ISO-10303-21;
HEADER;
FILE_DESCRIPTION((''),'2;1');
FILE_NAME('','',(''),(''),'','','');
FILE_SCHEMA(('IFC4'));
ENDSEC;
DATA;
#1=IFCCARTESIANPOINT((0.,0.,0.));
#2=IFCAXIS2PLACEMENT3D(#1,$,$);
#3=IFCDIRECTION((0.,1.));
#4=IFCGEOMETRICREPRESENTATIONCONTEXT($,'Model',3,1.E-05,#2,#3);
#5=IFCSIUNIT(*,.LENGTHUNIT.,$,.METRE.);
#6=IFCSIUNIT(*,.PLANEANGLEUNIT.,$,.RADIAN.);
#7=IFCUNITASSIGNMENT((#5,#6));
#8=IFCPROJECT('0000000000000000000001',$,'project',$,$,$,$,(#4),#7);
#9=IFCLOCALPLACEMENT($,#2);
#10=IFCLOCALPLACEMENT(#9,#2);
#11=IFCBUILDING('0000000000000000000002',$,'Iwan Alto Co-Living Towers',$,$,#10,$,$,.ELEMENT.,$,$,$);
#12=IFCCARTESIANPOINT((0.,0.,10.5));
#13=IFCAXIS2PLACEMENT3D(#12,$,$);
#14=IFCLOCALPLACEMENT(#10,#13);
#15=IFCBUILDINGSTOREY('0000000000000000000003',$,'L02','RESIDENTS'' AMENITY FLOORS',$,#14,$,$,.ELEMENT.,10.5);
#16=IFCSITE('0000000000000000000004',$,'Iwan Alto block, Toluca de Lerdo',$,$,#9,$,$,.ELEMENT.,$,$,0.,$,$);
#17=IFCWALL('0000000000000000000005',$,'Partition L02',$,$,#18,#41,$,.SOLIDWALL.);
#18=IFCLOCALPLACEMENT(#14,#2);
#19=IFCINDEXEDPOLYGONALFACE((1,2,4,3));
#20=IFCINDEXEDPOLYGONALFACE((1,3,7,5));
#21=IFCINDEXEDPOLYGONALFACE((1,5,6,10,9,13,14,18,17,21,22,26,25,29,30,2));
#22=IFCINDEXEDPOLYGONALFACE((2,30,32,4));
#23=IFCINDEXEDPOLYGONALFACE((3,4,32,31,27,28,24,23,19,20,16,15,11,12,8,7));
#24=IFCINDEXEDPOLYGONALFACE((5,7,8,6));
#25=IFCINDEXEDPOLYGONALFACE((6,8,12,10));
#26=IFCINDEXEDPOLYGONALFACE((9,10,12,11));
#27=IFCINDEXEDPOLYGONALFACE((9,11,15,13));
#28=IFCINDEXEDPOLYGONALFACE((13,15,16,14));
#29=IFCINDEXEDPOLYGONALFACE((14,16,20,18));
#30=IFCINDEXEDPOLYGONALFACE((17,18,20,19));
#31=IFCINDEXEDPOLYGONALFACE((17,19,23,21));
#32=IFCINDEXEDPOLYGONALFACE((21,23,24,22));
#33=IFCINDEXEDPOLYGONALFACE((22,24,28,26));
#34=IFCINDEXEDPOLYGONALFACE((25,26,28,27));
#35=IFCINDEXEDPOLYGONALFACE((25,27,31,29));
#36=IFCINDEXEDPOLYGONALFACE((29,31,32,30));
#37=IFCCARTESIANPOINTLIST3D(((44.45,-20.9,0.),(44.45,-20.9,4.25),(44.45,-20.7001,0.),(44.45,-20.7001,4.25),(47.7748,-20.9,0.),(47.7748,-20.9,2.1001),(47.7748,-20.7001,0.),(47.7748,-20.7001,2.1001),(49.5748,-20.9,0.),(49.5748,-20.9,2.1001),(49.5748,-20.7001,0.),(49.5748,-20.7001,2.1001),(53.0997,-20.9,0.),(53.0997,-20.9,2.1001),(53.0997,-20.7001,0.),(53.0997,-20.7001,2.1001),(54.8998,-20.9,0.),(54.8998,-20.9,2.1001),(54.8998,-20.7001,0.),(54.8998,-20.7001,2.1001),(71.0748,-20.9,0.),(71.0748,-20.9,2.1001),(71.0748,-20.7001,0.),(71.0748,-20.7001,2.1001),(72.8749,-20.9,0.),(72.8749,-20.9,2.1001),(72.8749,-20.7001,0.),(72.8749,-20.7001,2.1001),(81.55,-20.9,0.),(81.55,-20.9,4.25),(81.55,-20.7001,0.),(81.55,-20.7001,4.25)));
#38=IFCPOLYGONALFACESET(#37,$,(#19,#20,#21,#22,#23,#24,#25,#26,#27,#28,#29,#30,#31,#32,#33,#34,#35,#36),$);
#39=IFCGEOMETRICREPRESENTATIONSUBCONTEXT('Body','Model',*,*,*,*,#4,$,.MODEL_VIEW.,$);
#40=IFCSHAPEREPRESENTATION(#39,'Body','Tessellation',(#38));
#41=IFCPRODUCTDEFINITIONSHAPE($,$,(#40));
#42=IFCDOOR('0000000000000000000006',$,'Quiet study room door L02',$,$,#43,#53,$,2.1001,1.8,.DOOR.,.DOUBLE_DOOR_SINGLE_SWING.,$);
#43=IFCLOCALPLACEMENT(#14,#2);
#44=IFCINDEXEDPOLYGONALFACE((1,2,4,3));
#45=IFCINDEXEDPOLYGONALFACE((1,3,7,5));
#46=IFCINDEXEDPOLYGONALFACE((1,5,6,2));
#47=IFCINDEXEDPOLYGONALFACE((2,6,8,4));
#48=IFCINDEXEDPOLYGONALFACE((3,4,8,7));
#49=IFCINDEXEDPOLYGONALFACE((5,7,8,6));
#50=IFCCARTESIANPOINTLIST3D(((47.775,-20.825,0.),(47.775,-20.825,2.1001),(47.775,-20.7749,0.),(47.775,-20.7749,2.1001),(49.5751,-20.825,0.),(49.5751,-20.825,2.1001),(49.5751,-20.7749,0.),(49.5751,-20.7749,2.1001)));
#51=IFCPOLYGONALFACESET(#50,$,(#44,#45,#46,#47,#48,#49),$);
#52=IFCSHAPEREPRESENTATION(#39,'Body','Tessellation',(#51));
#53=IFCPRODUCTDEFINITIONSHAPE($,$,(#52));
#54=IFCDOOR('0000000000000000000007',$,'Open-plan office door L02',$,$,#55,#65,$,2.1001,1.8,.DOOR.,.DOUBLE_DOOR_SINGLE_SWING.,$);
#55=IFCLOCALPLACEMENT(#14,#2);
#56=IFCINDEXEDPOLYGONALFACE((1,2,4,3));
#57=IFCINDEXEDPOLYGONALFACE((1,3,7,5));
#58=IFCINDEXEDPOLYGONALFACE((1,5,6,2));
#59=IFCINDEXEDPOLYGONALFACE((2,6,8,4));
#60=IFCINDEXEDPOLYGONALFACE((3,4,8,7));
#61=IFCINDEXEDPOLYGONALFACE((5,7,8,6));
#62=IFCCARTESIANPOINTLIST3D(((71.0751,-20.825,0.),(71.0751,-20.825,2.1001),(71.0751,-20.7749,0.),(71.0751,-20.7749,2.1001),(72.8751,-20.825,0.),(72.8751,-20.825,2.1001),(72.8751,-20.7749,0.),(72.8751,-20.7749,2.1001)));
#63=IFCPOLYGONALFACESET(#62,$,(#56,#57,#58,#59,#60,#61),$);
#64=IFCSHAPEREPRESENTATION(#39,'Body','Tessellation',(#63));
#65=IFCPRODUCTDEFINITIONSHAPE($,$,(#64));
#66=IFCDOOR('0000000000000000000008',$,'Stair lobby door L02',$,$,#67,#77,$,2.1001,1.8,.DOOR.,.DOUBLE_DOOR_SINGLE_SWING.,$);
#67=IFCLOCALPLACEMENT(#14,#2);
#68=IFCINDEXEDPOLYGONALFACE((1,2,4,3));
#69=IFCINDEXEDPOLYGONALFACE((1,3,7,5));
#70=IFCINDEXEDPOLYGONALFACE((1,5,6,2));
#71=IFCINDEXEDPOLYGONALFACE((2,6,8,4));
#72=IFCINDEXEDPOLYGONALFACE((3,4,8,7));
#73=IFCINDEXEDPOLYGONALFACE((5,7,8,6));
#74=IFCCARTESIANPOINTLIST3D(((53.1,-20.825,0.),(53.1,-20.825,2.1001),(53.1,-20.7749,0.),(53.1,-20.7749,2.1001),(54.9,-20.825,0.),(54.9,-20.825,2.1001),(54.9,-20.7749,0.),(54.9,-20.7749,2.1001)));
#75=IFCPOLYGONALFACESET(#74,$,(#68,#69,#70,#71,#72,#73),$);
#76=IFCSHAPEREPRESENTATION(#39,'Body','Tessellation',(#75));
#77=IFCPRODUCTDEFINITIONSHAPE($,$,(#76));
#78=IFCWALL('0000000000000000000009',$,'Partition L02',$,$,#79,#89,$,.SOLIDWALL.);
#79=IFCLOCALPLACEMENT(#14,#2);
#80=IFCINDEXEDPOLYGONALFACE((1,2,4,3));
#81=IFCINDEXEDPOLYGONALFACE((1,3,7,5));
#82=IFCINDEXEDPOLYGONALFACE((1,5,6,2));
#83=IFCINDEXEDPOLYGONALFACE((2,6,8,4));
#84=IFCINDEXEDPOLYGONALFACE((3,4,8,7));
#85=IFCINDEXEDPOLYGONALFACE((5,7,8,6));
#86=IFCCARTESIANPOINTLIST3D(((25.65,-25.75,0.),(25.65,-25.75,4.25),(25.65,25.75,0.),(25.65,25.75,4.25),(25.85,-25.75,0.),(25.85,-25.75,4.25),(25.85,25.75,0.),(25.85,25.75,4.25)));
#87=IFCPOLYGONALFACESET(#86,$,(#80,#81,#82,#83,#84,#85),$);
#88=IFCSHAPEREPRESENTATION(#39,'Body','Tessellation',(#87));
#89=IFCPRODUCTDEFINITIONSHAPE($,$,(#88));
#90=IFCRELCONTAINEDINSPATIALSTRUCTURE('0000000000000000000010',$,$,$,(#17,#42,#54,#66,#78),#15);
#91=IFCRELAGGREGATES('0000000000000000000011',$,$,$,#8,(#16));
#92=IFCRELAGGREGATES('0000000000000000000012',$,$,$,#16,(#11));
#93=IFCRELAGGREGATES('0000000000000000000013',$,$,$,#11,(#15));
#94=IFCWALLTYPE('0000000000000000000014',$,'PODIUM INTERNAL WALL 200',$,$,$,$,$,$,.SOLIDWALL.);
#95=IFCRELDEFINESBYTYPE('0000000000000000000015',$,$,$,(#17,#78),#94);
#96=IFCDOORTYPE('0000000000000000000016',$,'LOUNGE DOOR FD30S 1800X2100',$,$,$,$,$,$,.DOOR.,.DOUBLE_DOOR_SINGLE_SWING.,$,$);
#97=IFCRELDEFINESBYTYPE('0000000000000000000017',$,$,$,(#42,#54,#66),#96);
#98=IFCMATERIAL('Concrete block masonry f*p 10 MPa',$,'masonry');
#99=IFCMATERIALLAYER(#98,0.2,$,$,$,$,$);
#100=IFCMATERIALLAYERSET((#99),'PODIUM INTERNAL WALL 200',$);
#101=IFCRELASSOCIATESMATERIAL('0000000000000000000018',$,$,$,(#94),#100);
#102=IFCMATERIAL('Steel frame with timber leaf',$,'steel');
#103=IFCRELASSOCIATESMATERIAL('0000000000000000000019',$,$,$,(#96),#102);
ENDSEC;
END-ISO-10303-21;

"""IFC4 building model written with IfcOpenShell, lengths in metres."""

from ifc_helpers import new_model, si_unit, direction, frame, frame_2d, origin, place, context, subcontext, project, spatial, rectangle, extrude, material, layer, layer_set, type_object, element, fill, save


model = new_model("IFC4")

# Units and contexts
model_context = context("Model", 3, precision=1e-05, world=origin(), true_north=direction((0.0, 1.0)))
body_context = subcontext(model_context, "Body", "Model", "MODEL_VIEW")
ifc_project = project(units=[si_unit("LENGTHUNIT", "METRE"), si_unit("PLANEANGLEUNIT", "RADIAN")], contexts=[model_context])

# Site, building, storey
site_placement = place(None, origin())
site = spatial("IfcSite", under=ifc_project, at=site_placement, Name="Iwan Alto block, Toluca de Lerdo", CompositionType="ELEMENT", RefElevation=0.0)
building_placement = place(site_placement, origin())
building = spatial("IfcBuilding", under=site, at=building_placement, Name="Iwan Alto Co-Living Towers", CompositionType="ELEMENT")
storey_placement = place(building_placement, frame((0.0, 0.0, 10.5)))
storey = spatial("IfcBuildingStorey", under=building, at=storey_placement, Name="L02", Description="RESIDENTS' AMENITY FLOORS", CompositionType="ELEMENT", Elevation=10.5)

# Wall, openings, doors
ifc_material_1 = material(Name="Concrete block masonry f*p 10 MPa", Category="masonry")
ifc_layer = layer(ifc_material_1, 0.2)
ifc_layer_set = layer_set([ifc_layer], Name="PODIUM INTERNAL WALL 200")
wall_type = type_object("IfcWallType", Name="PODIUM INTERNAL WALL 200", PredefinedType="SOLIDWALL", material=ifc_layer_set)
wall_1_placement = place(storey_placement, frame((44.45, -20.8, 0.0), z_axis=(0.0, 0.0, 1.0), x_axis=(1.0, 0.0, 0.0)))
wall_1 = element("IfcWall", 1, at=wall_1_placement, inside=storey, type_object=wall_type, Name="Partition L02", PredefinedType="SOLIDWALL", context=body_context, shape_type="SweptSolid", body=[
    extrude(rectangle(XDim=37.1001, YDim=0.2, at=frame_2d((18.55, 0.0))), origin(), (0.0, 0.0, 1.0), 4.25),
])
opening_1_placement = place(wall_1_placement, frame((3.325, 0.0, 0.0)))
opening_1 = element("IfcOpeningElement", 2, at=opening_1_placement, cuts=wall_1, PredefinedType="OPENING", context=body_context, shape_type="SweptSolid", body=[
    extrude(rectangle(XDim=1.8, YDim=2.1001, at=frame_2d((0.8999, 1.05))), frame((0.0, 0.1099, 0.0), z_axis=(0.0, -1.0, 0.0), x_axis=(1.0, 0.0, 0.0)), (0.0, 0.0, 1.0), 0.22),
])
opening_2_placement = place(wall_1_placement, frame((26.625, 0.0, 0.0)))
opening_2 = element("IfcOpeningElement", 3, at=opening_2_placement, cuts=wall_1, PredefinedType="OPENING", context=body_context, shape_type="SweptSolid", body=[
    extrude(rectangle(XDim=1.8, YDim=2.1001, at=frame_2d((0.8999, 1.05))), frame((0.0, 0.1099, 0.0), z_axis=(0.0, -1.0, 0.0), x_axis=(1.0, 0.0, 0.0)), (0.0, 0.0, 1.0), 0.22),
])
opening_3_placement = place(wall_1_placement, frame((8.6499, 0.0, 0.0)))
opening_3 = element("IfcOpeningElement", 4, at=opening_3_placement, cuts=wall_1, PredefinedType="OPENING", context=body_context, shape_type="SweptSolid", body=[
    extrude(rectangle(XDim=1.8, YDim=2.1001, at=frame_2d((0.8999, 1.05))), frame((0.0, 0.1099, 0.0), z_axis=(0.0, -1.0, 0.0), x_axis=(1.0, 0.0, 0.0)), (0.0, 0.0, 1.0), 0.22),
])
ifc_material_2 = material(Name="Steel frame with timber leaf", Category="steel")
door_type = type_object("IfcDoorType", Name="LOUNGE DOOR FD30S 1800X2100", OperationType="DOUBLE_DOOR_SINGLE_SWING", PredefinedType="DOOR", material=ifc_material_2)
door_1_placement = place(opening_1_placement, frame((1.8, 0.0, 0.0), z_axis=(0.0, 0.0, 1.0), x_axis=(-1.0, 0.0, 0.0)))
door_1 = element("IfcDoor", 5, at=door_1_placement, inside=storey, type_object=door_type, Name="Quiet study room door L02", OperationType="DOUBLE_DOOR_SINGLE_SWING", OverallHeight=2.1001, OverallWidth=1.8, PredefinedType="DOOR", context=body_context, shape_type="SweptSolid", body=[
    extrude(rectangle(XDim=1.8, YDim=2.1001, at=frame_2d((0.8999, 1.05))), frame((0.0, 0.0249, 0.0), z_axis=(0.0, -1.0, 0.0), x_axis=(1.0, 0.0, 0.0)), (0.0, 0.0, 1.0), 0.05),
])
fill(opening_1, door_1)
door_2_placement = place(opening_2_placement, frame((1.8, 0.0, 0.0), z_axis=(0.0, 0.0, 1.0), x_axis=(-1.0, 0.0, 0.0)))
door_2 = element("IfcDoor", 6, at=door_2_placement, inside=storey, type_object=door_type, Name="Open-plan office door L02", OperationType="DOUBLE_DOOR_SINGLE_SWING", OverallHeight=2.1001, OverallWidth=1.8, PredefinedType="DOOR", context=body_context, shape_type="SweptSolid", body=[
    extrude(rectangle(XDim=1.8, YDim=2.1001, at=frame_2d((0.8999, 1.05))), frame((0.0, 0.0249, 0.0), z_axis=(0.0, -1.0, 0.0), x_axis=(1.0, 0.0, 0.0)), (0.0, 0.0, 1.0), 0.05),
])
fill(opening_2, door_2)
door_3_placement = place(opening_3_placement, frame((1.8, 0.0, 0.0), z_axis=(0.0, 0.0, 1.0), x_axis=(-1.0, 0.0, 0.0)))
door_3 = element("IfcDoor", 7, at=door_3_placement, inside=storey, type_object=door_type, Name="Stair lobby door L02", OperationType="DOUBLE_DOOR_SINGLE_SWING", OverallHeight=2.1001, OverallWidth=1.8, PredefinedType="DOOR", context=body_context, shape_type="SweptSolid", body=[
    extrude(rectangle(XDim=1.8, YDim=2.1001, at=frame_2d((0.8999, 1.05))), frame((0.0, 0.0249, 0.0), z_axis=(0.0, -1.0, 0.0), x_axis=(1.0, 0.0, 0.0)), (0.0, 0.0, 1.0), 0.05),
])
fill(opening_3, door_3)

# Wall
wall_2_placement = place(storey_placement, frame((25.75, -25.75, 0.0), z_axis=(0.0, 0.0, 1.0), x_axis=(0.0, 1.0, 0.0)))
element("IfcWall", 8, at=wall_2_placement, inside=storey, type_object=wall_type, Name="Partition L02", PredefinedType="SOLIDWALL", context=body_context, shape_type="SweptSolid", body=[
    extrude(rectangle(XDim=51.5, YDim=0.2, at=frame_2d((25.75, 0.0))), origin(), (0.0, 0.0, 1.0), 4.25),
])

save(model, "model.ifc")
